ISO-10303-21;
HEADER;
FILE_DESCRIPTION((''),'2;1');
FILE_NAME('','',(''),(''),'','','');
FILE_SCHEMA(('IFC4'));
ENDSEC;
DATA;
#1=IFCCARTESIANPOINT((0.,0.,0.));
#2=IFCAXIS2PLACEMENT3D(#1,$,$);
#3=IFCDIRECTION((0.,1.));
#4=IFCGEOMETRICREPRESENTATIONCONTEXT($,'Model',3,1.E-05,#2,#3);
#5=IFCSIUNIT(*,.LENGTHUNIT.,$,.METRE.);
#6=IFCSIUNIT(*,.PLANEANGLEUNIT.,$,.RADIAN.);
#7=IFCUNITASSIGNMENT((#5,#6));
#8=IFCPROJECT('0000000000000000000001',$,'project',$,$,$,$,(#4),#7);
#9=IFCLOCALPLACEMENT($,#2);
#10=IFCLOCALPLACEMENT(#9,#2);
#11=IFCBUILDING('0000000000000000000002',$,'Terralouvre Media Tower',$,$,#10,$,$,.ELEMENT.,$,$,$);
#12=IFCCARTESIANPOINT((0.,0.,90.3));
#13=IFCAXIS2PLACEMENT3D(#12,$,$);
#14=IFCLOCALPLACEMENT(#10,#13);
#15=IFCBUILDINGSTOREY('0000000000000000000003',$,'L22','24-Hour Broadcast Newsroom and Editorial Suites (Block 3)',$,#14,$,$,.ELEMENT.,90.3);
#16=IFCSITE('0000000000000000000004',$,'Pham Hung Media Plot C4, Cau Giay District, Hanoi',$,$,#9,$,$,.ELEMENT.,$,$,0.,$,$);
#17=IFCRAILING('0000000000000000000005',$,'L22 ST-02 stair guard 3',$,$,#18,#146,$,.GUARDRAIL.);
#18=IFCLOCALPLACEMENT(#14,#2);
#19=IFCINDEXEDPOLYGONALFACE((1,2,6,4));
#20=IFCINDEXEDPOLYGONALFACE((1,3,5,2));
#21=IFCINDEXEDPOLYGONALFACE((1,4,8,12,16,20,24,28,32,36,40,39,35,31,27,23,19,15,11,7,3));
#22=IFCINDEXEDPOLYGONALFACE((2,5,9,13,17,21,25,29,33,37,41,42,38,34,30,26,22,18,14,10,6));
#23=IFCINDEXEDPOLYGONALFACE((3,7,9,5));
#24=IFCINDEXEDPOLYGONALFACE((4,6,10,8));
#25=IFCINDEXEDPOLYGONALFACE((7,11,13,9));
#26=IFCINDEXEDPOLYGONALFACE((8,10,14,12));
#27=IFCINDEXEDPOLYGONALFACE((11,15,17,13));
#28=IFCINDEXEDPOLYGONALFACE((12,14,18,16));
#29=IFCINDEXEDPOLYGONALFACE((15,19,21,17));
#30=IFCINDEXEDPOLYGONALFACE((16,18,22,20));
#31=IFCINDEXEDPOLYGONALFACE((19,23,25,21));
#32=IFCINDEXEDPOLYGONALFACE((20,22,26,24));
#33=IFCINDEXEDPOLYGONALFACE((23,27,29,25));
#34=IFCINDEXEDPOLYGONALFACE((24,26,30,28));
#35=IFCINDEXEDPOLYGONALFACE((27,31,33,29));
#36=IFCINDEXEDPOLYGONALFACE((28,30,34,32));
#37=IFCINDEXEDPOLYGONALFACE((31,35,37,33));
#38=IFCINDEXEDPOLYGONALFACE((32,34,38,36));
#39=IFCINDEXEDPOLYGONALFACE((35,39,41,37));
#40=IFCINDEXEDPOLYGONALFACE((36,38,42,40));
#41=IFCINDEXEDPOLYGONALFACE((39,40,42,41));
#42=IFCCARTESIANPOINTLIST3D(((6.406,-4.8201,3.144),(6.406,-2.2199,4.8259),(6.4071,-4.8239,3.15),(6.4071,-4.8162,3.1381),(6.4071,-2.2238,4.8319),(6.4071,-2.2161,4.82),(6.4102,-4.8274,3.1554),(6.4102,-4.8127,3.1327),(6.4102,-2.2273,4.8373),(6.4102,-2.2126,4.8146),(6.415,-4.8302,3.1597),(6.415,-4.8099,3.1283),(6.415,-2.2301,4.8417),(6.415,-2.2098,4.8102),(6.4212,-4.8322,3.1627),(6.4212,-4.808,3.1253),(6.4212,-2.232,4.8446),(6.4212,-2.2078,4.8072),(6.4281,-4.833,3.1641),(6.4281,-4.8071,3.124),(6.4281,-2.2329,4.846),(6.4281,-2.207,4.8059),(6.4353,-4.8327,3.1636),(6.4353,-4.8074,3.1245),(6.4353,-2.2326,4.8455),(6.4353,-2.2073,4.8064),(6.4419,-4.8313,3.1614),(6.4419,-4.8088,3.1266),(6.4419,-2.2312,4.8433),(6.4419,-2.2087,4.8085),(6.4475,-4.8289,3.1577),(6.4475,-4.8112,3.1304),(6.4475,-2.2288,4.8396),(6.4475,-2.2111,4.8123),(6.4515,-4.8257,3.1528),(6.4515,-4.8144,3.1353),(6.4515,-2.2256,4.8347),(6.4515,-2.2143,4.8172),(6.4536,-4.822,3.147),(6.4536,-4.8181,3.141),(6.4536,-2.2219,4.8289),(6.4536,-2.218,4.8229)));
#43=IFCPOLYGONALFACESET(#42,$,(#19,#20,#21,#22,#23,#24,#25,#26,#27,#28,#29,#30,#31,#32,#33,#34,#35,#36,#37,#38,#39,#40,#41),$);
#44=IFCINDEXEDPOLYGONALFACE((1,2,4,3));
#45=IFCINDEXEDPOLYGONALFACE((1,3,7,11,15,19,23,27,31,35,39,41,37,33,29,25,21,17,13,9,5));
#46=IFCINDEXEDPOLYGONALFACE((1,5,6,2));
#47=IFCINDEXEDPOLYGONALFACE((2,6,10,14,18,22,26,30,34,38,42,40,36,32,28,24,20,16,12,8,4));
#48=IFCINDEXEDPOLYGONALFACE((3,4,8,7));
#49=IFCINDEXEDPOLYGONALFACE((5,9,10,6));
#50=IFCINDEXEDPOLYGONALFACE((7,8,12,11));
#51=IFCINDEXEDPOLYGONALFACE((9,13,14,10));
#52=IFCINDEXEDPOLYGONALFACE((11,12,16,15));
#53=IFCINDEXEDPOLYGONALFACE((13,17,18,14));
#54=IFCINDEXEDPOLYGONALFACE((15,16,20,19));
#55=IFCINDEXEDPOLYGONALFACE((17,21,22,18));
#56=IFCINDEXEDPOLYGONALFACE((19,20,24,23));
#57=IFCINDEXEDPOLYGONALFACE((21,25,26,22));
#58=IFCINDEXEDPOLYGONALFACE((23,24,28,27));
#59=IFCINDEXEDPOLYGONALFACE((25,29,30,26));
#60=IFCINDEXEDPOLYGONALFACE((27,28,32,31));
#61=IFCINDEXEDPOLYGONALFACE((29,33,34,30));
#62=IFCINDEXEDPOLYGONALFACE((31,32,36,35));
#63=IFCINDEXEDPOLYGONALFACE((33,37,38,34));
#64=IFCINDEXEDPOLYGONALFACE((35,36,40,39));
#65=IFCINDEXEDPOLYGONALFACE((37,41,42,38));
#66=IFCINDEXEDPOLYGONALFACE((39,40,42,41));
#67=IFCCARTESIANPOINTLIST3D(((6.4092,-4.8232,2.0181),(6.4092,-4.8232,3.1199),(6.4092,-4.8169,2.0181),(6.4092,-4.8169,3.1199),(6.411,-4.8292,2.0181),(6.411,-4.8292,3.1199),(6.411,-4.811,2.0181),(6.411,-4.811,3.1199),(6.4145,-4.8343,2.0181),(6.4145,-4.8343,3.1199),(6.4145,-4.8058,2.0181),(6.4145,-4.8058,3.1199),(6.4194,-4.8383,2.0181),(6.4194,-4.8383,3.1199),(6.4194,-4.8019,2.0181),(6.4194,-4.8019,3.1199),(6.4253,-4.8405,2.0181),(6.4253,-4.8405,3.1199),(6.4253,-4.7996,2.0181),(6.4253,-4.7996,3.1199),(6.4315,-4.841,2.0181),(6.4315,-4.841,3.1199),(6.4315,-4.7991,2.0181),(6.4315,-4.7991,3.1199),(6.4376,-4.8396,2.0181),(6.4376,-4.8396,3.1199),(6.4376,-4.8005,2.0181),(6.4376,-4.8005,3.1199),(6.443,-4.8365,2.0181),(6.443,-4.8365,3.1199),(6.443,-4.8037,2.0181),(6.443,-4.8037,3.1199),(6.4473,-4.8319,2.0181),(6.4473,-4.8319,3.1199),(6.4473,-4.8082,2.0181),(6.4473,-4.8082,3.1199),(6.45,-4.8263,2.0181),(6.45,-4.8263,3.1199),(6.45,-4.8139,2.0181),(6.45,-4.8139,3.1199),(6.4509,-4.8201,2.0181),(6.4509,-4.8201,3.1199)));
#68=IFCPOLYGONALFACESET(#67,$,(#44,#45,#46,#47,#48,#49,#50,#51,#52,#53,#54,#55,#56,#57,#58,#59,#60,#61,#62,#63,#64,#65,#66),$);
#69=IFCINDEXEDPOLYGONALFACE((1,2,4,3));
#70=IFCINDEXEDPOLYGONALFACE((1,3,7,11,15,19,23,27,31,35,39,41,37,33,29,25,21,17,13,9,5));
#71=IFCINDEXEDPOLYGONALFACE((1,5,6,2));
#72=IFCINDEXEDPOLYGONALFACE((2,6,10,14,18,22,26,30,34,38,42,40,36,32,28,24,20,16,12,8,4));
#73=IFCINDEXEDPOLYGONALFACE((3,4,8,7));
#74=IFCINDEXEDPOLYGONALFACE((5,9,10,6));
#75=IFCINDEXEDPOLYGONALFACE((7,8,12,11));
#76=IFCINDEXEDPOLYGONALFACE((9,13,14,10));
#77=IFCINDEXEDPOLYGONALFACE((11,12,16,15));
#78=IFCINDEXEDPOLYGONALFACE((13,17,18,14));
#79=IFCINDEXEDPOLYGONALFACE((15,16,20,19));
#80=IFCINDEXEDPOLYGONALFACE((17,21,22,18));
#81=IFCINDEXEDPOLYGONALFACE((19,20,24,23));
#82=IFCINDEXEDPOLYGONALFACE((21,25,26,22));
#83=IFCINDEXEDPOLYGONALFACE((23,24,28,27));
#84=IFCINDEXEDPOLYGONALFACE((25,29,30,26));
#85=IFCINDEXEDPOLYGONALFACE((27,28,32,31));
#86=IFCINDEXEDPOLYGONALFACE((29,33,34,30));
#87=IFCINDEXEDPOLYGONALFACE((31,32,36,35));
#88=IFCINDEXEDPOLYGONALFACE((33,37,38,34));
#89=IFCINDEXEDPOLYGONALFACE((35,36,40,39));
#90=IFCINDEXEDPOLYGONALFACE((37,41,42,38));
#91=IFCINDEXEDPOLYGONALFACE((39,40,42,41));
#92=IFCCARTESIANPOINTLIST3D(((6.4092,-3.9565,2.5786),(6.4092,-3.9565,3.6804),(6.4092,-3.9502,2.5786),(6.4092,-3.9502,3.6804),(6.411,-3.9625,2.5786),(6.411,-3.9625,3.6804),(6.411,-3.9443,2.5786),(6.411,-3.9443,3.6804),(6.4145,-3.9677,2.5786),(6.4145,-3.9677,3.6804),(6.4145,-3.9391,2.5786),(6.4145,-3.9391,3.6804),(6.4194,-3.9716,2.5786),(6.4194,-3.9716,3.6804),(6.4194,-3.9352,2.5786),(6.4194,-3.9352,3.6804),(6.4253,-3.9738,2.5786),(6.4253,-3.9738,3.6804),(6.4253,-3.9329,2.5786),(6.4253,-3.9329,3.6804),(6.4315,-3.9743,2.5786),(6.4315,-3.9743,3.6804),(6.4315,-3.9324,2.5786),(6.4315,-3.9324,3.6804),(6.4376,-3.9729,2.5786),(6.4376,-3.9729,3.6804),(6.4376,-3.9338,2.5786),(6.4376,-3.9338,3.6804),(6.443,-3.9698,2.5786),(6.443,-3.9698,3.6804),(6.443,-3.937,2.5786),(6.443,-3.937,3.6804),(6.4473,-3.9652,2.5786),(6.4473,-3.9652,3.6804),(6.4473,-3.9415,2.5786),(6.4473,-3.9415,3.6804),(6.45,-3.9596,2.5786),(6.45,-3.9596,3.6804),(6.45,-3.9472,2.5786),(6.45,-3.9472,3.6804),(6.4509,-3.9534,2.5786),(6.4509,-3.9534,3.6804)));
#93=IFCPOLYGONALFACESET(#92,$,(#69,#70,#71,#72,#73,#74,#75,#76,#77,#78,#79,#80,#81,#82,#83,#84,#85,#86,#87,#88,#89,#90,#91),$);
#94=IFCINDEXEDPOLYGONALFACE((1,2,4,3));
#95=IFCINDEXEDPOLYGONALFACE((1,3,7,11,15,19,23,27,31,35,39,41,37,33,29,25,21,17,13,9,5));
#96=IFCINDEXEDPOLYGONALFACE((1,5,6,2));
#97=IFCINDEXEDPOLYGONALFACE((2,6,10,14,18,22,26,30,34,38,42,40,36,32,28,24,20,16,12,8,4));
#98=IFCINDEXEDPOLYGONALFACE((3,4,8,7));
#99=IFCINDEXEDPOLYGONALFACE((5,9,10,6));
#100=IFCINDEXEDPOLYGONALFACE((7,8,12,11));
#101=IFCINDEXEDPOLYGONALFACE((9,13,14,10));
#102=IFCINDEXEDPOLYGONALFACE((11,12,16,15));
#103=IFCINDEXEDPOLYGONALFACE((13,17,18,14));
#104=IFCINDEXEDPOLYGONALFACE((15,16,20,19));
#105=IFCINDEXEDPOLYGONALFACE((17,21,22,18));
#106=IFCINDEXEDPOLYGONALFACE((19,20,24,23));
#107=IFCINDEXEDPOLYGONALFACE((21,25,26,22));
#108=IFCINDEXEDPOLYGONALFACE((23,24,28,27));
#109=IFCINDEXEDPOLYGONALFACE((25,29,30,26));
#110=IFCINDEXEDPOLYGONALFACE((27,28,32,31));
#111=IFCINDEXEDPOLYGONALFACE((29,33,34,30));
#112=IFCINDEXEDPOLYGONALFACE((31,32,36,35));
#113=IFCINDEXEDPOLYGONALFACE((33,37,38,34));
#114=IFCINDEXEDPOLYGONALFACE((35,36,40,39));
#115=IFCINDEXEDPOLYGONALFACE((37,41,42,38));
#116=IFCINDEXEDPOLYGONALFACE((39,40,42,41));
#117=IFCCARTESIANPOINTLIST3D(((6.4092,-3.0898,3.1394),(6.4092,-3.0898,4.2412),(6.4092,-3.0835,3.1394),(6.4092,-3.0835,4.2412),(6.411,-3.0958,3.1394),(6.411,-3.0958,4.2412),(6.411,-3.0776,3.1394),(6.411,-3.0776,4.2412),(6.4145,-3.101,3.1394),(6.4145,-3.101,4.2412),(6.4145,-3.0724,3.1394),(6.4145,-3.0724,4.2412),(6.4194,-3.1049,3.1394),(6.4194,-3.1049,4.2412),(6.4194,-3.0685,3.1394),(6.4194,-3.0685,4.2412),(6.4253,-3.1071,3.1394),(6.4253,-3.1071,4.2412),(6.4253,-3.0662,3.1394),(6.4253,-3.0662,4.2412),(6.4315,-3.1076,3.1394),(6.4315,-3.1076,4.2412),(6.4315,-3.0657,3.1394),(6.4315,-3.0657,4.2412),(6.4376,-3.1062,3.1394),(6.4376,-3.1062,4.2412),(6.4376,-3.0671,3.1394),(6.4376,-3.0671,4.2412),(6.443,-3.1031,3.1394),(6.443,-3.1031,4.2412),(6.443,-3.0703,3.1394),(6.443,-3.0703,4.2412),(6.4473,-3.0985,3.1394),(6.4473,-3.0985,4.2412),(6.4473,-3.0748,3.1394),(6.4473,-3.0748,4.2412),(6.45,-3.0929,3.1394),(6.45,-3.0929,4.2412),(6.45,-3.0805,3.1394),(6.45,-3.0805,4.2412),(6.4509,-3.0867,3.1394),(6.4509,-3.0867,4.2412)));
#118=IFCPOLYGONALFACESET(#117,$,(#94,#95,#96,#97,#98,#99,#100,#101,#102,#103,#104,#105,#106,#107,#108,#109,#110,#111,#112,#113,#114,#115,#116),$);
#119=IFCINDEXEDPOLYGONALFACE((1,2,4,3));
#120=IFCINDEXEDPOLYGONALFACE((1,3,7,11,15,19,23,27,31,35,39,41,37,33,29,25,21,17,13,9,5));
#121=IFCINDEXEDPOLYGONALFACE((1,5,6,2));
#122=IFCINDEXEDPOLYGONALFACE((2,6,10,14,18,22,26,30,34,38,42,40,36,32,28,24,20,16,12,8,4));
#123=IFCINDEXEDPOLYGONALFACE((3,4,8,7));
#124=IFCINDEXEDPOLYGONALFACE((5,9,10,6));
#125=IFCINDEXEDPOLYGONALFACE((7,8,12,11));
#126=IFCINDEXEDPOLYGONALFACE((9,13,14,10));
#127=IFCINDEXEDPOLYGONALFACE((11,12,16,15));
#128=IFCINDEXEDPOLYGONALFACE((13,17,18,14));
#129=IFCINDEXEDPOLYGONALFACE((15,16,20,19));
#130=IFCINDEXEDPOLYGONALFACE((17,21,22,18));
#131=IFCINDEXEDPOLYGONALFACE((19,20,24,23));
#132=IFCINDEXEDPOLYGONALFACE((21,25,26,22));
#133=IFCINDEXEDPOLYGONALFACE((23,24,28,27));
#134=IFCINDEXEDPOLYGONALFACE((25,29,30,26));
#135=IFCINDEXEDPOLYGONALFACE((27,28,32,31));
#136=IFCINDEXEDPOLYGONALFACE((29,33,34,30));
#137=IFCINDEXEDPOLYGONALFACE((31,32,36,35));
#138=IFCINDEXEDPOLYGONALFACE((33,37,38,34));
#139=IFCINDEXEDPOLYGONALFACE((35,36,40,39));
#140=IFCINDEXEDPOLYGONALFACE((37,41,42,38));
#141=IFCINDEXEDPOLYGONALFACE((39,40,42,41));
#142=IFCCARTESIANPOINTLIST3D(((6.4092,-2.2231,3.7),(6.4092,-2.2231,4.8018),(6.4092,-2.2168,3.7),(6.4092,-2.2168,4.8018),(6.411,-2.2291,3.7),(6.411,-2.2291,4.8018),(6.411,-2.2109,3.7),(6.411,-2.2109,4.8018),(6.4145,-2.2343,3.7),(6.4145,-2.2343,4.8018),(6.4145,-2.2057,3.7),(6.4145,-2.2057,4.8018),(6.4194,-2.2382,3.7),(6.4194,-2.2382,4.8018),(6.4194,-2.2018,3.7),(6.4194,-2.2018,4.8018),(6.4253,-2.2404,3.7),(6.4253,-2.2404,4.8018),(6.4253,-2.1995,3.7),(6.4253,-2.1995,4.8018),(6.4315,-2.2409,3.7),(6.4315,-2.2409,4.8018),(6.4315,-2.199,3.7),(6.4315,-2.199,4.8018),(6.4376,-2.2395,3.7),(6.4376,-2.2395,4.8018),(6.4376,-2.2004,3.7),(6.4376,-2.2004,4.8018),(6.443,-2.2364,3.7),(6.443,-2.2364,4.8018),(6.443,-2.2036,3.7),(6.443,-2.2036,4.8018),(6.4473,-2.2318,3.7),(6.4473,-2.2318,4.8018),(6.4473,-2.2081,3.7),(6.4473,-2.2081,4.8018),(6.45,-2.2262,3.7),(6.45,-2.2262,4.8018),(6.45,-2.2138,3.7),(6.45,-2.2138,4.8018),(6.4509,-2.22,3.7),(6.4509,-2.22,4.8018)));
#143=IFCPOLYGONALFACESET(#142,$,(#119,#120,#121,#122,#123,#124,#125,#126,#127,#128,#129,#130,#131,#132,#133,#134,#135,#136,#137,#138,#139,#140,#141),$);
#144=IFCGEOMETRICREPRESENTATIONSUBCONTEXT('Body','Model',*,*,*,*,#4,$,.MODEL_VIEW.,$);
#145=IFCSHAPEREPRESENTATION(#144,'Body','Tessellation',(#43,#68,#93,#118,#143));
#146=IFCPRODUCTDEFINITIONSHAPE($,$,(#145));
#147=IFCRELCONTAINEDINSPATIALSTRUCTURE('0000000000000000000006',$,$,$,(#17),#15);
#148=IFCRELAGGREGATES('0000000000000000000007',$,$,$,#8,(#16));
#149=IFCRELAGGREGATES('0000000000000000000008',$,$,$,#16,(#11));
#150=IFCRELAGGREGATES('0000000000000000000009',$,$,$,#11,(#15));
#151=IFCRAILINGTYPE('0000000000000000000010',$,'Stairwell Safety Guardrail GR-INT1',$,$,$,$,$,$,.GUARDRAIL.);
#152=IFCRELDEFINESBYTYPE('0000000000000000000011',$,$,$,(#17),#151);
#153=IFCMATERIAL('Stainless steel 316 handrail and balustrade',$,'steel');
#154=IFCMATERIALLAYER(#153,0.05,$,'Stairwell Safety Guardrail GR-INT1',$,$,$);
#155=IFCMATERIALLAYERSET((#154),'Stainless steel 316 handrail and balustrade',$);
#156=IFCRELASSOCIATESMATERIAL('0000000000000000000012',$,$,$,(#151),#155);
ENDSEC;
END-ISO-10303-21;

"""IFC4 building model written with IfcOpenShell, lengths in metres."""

from ifc_helpers import new_model, si_unit, direction, frame, origin, origin_2d, place, context, subcontext, project, spatial, circle, extrude, material, layer, layer_set, type_object, element, save


model = new_model("IFC4")

# Units and contexts
model_context = context("Model", 3, precision=1e-05, world=origin(), true_north=direction((0.0, 1.0)))
body_context = subcontext(model_context, "Body", "Model", "MODEL_VIEW")
ifc_project = project(units=[si_unit("LENGTHUNIT", "METRE"), si_unit("PLANEANGLEUNIT", "RADIAN")], contexts=[model_context])

# Site, building, storey
site_placement = place(None, origin())
site = spatial("IfcSite", under=ifc_project, at=site_placement, Name="Pham Hung Media Plot C4, Cau Giay District, Hanoi", CompositionType="ELEMENT", RefElevation=0.0)
building_placement = place(site_placement, origin())
building = spatial("IfcBuilding", under=site, at=building_placement, Name="Terralouvre Media Tower", CompositionType="ELEMENT")
storey_placement = place(building_placement, frame((0.0, 0.0, 90.3)))
storey = spatial("IfcBuildingStorey", under=building, at=storey_placement, Name="L22", Description="24-Hour Broadcast Newsroom and Editorial Suites (Block 3)", CompositionType="ELEMENT", Elevation=90.3)

# Railing
ifc_material_1 = material(Name="Stainless steel 316 handrail and balustrade", Category="steel")
ifc_layer_1 = layer(ifc_material_1, 0.05, Name="Stairwell Safety Guardrail GR-INT1")
ifc_layer_set_1 = layer_set([ifc_layer_1], Name="Stainless steel 316 handrail and balustrade")
railing_type_1 = type_object("IfcRailingType", Name="Stairwell Safety Guardrail GR-INT1", PredefinedType="GUARDRAIL", material=ifc_layer_set_1)
railing_1_placement = place(storey_placement, frame((6.4299, -4.8201, 2.0181)))
element("IfcRailing", 1, at=railing_1_placement, inside=storey, type_object=railing_type_1, Name="L22 ST-02 stair guard 3", PredefinedType="GUARDRAIL", context=body_context, shape_type="SweptSolid", body=[
    extrude(circle(Radius=0.0239, at=origin_2d()), frame((0.0, 0.0, 1.126), z_axis=(0.0, 0.839648, 0.54313), x_axis=(-1.0, 0.0, 0.0)), (0.0, 0.0, 1.0), 3.0967),
    extrude(circle(Radius=0.021, at=origin_2d()), origin(), (0.0, 0.0, 1.0), 1.1018),
    extrude(circle(Radius=0.021, at=origin_2d()), frame((0.0, 0.8667, 0.5605)), (0.0, 0.0, 1.0), 1.1018),
    extrude(circle(Radius=0.021, at=origin_2d()), frame((0.0, 1.7334, 1.1213)), (0.0, 0.0, 1.0), 1.1018),
    extrude(circle(Radius=0.021, at=origin_2d()), frame((0.0, 2.6001, 1.6819)), (0.0, 0.0, 1.0), 1.1018),
])

save(model, "model.ifc")
